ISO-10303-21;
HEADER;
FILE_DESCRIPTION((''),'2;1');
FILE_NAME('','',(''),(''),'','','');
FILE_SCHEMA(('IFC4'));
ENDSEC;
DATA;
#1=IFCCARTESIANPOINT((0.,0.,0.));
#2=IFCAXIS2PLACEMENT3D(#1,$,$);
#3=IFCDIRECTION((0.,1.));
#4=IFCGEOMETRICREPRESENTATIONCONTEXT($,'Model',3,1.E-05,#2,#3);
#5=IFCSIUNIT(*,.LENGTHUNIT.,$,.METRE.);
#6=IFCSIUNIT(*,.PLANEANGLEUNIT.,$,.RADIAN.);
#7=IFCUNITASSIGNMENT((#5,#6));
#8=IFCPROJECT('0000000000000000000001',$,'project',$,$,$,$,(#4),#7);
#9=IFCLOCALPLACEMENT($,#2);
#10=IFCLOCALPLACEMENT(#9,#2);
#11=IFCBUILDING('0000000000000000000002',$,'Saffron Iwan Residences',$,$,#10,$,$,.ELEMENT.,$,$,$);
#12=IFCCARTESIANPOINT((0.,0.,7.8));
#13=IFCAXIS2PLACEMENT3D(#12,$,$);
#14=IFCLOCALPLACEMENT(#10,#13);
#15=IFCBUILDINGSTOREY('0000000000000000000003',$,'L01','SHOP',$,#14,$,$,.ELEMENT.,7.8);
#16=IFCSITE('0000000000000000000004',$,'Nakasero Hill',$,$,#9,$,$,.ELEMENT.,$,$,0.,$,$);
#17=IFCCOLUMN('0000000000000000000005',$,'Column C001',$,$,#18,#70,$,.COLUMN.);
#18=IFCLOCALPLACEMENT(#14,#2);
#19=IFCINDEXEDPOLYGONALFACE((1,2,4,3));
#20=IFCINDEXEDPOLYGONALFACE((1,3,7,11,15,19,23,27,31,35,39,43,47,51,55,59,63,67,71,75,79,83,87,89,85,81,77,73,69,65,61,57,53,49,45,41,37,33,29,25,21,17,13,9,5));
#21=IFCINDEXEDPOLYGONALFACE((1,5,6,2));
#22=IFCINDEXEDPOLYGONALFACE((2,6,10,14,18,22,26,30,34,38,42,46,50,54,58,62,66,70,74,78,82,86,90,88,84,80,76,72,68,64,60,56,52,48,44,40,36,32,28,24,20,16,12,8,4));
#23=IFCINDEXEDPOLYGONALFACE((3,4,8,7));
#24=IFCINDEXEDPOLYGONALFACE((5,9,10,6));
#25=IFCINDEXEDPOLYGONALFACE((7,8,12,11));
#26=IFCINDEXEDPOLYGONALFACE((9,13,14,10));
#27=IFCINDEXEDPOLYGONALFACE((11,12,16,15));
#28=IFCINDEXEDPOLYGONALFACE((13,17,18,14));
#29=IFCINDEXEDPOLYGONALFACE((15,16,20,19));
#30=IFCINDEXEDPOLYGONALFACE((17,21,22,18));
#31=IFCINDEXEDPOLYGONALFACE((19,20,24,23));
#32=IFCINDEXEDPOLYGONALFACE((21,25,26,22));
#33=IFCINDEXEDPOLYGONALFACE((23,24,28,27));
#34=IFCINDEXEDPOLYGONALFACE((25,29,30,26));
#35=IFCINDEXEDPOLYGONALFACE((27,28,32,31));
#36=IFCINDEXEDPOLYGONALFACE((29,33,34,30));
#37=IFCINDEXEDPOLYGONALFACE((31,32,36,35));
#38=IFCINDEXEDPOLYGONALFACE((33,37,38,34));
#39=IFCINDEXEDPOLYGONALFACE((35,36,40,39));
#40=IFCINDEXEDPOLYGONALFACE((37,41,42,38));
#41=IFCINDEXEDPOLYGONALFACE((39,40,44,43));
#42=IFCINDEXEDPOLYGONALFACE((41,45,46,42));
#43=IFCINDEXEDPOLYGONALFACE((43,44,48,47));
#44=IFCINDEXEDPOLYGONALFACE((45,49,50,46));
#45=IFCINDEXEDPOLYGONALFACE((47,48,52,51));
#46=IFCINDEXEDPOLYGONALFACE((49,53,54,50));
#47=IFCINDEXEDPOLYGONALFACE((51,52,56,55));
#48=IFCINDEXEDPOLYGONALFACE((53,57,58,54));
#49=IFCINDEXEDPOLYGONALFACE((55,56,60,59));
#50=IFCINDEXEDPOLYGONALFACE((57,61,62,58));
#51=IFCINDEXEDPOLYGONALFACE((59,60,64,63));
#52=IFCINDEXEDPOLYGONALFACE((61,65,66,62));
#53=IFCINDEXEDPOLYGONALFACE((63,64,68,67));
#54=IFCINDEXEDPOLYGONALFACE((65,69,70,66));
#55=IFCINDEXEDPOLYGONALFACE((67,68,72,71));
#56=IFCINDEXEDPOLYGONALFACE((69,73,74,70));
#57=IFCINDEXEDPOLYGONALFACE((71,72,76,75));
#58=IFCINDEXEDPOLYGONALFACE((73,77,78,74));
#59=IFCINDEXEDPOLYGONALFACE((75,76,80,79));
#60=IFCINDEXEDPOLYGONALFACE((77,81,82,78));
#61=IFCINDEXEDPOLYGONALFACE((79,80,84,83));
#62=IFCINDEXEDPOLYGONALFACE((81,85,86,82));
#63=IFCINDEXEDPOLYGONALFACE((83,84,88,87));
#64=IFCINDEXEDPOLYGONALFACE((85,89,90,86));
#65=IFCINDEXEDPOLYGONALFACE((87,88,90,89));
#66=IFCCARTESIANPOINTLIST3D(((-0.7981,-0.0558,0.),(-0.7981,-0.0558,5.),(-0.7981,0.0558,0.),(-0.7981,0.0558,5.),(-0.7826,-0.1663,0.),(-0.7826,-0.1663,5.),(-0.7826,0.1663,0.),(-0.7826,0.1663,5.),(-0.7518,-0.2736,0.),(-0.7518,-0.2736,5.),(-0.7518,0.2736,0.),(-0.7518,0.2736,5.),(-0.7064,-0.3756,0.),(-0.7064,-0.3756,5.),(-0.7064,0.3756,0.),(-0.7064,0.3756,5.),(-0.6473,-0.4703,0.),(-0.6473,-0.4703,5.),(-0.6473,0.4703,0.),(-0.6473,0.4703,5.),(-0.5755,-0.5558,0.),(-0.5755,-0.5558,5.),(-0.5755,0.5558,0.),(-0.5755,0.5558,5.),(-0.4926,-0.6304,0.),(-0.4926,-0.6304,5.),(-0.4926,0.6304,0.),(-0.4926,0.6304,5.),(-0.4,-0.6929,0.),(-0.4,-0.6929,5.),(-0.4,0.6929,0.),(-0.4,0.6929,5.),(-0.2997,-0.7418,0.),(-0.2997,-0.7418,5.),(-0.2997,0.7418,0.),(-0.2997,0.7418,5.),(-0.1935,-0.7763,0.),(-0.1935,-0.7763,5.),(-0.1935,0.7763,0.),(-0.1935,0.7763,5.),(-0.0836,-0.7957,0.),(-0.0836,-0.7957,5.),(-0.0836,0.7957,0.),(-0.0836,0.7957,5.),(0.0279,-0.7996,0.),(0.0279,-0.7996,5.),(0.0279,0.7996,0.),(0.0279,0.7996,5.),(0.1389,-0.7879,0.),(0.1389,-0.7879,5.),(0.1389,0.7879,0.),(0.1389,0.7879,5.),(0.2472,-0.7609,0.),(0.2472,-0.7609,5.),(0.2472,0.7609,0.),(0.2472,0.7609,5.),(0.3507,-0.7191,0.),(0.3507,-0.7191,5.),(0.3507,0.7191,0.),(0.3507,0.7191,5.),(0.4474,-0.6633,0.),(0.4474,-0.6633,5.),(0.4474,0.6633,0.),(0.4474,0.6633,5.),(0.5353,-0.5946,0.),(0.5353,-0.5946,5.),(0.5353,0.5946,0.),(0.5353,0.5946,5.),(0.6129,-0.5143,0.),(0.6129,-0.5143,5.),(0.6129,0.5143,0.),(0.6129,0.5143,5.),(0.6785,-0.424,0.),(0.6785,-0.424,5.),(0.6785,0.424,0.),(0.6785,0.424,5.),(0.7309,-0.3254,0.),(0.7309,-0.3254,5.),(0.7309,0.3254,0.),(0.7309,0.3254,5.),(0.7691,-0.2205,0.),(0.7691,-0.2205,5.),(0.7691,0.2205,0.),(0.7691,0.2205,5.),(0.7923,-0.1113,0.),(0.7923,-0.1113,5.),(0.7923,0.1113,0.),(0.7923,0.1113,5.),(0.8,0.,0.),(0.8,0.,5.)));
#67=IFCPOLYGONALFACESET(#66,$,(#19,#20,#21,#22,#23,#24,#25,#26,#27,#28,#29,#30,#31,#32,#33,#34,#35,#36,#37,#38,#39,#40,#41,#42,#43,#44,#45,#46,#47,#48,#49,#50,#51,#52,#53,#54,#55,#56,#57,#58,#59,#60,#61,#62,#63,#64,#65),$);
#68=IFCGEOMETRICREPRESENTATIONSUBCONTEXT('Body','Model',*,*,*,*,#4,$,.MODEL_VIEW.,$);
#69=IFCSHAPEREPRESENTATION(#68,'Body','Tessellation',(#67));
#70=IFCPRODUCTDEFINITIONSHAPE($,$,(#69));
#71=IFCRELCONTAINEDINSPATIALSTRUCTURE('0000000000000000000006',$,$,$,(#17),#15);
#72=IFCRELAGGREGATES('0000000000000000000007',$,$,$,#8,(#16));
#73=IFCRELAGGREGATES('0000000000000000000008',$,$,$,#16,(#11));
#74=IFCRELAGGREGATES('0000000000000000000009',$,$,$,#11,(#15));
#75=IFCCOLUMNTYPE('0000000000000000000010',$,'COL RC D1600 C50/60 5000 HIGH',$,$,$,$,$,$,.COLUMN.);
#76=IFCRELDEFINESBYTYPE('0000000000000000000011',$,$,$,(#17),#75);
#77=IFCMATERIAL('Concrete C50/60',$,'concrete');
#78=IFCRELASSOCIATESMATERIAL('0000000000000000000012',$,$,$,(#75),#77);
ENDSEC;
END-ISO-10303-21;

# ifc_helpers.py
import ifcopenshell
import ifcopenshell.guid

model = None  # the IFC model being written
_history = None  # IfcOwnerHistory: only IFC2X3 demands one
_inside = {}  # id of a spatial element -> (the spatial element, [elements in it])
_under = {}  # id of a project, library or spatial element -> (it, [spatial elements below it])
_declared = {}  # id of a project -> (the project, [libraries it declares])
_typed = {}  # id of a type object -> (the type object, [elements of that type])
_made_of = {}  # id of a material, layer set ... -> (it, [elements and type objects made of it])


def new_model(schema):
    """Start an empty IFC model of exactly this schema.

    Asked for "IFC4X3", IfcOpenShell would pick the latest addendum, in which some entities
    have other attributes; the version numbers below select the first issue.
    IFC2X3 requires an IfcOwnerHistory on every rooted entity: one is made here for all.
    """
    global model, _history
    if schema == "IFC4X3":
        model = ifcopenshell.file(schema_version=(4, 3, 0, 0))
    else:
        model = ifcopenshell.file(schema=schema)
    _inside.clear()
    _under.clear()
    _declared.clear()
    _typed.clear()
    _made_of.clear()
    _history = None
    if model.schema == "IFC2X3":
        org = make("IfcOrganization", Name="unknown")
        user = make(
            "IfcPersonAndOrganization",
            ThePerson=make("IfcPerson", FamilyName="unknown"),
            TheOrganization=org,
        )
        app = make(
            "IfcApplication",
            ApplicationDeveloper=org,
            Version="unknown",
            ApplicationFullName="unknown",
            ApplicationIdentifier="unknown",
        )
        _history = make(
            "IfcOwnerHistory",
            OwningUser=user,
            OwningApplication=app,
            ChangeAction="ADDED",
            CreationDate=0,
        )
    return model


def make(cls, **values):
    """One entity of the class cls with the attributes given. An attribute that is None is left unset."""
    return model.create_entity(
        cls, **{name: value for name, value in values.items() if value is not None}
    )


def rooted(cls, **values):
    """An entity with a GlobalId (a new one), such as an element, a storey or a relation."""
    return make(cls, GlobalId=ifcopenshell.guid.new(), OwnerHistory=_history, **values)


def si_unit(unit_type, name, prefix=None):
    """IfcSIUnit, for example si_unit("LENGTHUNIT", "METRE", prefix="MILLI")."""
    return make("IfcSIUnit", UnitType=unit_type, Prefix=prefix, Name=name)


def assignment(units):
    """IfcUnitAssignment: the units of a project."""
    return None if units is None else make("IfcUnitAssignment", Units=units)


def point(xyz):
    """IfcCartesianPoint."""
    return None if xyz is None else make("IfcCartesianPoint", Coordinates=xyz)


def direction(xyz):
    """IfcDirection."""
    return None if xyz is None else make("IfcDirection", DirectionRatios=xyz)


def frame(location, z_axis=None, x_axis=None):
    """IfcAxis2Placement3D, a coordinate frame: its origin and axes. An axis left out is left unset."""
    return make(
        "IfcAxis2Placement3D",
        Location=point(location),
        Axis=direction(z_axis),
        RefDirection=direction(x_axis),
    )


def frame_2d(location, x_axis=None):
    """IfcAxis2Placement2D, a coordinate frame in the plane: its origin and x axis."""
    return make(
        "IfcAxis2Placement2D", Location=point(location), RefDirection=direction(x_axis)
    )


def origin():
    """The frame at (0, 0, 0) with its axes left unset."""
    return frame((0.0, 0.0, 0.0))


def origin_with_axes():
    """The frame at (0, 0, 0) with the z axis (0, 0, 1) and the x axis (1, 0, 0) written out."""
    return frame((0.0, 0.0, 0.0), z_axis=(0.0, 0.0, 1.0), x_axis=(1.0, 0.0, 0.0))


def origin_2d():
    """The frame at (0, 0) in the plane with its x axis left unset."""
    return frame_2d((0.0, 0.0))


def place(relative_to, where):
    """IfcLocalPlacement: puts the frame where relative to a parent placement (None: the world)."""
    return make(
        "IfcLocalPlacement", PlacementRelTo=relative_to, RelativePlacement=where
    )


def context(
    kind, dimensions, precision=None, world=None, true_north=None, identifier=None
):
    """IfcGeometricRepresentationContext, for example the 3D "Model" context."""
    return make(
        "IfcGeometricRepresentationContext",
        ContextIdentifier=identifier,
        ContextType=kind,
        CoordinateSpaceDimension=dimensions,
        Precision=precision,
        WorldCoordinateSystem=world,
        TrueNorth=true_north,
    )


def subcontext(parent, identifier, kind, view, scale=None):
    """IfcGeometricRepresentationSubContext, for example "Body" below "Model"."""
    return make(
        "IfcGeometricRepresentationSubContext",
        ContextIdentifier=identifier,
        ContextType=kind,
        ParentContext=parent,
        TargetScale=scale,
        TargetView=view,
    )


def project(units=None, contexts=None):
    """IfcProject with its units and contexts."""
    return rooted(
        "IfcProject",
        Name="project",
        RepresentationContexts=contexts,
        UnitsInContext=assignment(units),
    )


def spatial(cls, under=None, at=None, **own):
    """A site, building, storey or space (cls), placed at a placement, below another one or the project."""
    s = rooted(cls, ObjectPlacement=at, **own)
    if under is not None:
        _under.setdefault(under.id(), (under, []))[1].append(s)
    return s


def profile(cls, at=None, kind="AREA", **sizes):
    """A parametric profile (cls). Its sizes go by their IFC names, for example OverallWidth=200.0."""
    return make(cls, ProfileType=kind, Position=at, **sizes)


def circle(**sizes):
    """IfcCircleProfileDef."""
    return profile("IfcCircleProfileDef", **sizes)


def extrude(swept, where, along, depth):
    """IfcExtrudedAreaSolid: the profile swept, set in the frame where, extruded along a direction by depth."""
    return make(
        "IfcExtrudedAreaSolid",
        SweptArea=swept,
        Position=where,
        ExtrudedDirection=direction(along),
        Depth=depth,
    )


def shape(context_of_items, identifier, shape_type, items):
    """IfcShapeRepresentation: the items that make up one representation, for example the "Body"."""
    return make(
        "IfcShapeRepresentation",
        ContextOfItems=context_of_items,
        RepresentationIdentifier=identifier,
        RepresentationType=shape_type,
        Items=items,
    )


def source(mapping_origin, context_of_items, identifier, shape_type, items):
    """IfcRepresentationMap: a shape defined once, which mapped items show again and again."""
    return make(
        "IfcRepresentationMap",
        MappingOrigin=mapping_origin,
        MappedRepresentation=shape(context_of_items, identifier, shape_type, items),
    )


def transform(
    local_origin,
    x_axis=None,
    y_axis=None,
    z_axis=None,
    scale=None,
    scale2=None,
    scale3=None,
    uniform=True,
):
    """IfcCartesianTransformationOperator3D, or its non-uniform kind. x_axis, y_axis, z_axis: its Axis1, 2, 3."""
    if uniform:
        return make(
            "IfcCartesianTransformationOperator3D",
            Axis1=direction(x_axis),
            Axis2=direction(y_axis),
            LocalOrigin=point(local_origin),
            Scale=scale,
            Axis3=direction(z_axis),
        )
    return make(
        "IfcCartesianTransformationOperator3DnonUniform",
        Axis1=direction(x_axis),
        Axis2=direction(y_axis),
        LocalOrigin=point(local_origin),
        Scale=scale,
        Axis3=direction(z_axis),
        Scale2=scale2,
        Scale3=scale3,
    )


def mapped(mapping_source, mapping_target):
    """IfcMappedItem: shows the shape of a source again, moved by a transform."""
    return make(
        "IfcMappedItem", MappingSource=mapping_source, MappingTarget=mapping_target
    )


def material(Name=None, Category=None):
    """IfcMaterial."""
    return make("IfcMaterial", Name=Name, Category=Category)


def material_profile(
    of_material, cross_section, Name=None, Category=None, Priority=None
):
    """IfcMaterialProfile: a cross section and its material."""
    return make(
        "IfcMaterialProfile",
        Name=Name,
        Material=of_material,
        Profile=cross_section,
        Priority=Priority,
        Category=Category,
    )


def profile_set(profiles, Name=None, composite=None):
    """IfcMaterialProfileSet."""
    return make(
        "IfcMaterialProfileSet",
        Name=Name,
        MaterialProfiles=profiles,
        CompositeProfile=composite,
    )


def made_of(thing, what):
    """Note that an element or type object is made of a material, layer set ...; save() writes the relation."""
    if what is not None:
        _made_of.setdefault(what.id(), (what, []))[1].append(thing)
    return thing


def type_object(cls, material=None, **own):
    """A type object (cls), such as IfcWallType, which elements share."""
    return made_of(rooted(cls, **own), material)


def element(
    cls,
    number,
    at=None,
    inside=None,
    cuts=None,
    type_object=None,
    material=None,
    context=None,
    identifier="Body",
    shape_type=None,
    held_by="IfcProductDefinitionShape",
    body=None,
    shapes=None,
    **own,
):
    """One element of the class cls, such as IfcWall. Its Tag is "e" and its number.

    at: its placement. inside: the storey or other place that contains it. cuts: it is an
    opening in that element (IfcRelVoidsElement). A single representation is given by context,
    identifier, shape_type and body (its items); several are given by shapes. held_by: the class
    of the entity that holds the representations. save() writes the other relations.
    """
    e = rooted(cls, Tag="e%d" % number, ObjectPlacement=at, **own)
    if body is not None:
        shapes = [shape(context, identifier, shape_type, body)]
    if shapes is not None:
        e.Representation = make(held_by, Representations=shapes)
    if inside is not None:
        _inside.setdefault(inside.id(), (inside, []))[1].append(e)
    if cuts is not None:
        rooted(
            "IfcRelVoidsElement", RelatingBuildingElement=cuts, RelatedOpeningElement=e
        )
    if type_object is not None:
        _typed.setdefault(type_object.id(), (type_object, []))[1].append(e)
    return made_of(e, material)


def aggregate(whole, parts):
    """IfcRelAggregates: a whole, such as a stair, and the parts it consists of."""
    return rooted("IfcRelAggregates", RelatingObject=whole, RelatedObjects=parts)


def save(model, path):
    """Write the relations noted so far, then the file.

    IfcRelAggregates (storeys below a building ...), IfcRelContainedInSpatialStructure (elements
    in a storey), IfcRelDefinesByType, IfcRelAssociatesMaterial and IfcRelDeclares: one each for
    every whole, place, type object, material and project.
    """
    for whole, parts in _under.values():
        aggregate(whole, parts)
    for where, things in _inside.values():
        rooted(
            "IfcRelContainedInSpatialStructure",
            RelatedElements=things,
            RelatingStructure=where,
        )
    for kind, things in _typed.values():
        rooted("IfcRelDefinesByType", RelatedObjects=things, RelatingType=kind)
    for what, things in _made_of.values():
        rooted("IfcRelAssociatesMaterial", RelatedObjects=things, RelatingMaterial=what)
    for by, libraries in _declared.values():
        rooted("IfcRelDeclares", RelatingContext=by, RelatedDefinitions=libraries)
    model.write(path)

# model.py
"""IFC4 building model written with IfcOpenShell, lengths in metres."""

from ifc_helpers import new_model, si_unit, direction, frame, origin, origin_with_axes, origin_2d, place, context, subcontext, project, spatial, circle, extrude, source, transform, mapped, material, material_profile, profile_set, type_object, element, save


model = new_model("IFC4")

# Units and contexts
model_context = context("Model", 3, precision=1e-05, world=origin(), true_north=direction((0.0, 1.0)))
body_context = subcontext(model_context, "Body", "Model", "MODEL_VIEW")
ifc_project = project(units=[si_unit("LENGTHUNIT", "METRE"), si_unit("PLANEANGLEUNIT", "RADIAN")], contexts=[model_context])

# Site, building, storey
site_placement = place(None, origin())
site = spatial("IfcSite", under=ifc_project, at=site_placement, Name="Nakasero Hill", CompositionType="ELEMENT", RefElevation=0.0)
building_placement = place(site_placement, origin())
building = spatial("IfcBuilding", under=site, at=building_placement, Name="Saffron Iwan Residences", CompositionType="ELEMENT")
storey_placement = place(building_placement, frame((0.0, 0.0, 7.8)))
storey = spatial("IfcBuildingStorey", under=building, at=storey_placement, Name="L01", Description="SHOP", CompositionType="ELEMENT", Elevation=7.8)

# Column
ifc_material_1 = material(Name="Concrete C50/60", Category="concrete")
ifc_material_profile = material_profile(ifc_material_1, circle(Radius=0.8, at=origin_2d()), Name="RC D1600")
ifc_profile_set = profile_set([ifc_material_profile], Name="Concrete C50/60")
column_type = type_object("IfcColumnType", Name="COL RC D1600 C50/60 5000 HIGH", PredefinedType="COLUMN", material=ifc_profile_set)
shared_shape_1 = source(origin(), body_context, "Body", "SweptSolid", [
    extrude(circle(Radius=0.8, at=origin_2d()), origin(), (0.0, 0.0, 1.0), 5.0),
])
column_placement = place(storey_placement, origin_with_axes())
element("IfcColumn", 1, at=column_placement, inside=storey, type_object=column_type, Name="Column C001", PredefinedType="COLUMN", context=body_context, shape_type="MappedRepresentation", body=[
    mapped(shared_shape_1, transform((0.0, 0.0, 0.0))),
])

save(model, "model.ifc")
